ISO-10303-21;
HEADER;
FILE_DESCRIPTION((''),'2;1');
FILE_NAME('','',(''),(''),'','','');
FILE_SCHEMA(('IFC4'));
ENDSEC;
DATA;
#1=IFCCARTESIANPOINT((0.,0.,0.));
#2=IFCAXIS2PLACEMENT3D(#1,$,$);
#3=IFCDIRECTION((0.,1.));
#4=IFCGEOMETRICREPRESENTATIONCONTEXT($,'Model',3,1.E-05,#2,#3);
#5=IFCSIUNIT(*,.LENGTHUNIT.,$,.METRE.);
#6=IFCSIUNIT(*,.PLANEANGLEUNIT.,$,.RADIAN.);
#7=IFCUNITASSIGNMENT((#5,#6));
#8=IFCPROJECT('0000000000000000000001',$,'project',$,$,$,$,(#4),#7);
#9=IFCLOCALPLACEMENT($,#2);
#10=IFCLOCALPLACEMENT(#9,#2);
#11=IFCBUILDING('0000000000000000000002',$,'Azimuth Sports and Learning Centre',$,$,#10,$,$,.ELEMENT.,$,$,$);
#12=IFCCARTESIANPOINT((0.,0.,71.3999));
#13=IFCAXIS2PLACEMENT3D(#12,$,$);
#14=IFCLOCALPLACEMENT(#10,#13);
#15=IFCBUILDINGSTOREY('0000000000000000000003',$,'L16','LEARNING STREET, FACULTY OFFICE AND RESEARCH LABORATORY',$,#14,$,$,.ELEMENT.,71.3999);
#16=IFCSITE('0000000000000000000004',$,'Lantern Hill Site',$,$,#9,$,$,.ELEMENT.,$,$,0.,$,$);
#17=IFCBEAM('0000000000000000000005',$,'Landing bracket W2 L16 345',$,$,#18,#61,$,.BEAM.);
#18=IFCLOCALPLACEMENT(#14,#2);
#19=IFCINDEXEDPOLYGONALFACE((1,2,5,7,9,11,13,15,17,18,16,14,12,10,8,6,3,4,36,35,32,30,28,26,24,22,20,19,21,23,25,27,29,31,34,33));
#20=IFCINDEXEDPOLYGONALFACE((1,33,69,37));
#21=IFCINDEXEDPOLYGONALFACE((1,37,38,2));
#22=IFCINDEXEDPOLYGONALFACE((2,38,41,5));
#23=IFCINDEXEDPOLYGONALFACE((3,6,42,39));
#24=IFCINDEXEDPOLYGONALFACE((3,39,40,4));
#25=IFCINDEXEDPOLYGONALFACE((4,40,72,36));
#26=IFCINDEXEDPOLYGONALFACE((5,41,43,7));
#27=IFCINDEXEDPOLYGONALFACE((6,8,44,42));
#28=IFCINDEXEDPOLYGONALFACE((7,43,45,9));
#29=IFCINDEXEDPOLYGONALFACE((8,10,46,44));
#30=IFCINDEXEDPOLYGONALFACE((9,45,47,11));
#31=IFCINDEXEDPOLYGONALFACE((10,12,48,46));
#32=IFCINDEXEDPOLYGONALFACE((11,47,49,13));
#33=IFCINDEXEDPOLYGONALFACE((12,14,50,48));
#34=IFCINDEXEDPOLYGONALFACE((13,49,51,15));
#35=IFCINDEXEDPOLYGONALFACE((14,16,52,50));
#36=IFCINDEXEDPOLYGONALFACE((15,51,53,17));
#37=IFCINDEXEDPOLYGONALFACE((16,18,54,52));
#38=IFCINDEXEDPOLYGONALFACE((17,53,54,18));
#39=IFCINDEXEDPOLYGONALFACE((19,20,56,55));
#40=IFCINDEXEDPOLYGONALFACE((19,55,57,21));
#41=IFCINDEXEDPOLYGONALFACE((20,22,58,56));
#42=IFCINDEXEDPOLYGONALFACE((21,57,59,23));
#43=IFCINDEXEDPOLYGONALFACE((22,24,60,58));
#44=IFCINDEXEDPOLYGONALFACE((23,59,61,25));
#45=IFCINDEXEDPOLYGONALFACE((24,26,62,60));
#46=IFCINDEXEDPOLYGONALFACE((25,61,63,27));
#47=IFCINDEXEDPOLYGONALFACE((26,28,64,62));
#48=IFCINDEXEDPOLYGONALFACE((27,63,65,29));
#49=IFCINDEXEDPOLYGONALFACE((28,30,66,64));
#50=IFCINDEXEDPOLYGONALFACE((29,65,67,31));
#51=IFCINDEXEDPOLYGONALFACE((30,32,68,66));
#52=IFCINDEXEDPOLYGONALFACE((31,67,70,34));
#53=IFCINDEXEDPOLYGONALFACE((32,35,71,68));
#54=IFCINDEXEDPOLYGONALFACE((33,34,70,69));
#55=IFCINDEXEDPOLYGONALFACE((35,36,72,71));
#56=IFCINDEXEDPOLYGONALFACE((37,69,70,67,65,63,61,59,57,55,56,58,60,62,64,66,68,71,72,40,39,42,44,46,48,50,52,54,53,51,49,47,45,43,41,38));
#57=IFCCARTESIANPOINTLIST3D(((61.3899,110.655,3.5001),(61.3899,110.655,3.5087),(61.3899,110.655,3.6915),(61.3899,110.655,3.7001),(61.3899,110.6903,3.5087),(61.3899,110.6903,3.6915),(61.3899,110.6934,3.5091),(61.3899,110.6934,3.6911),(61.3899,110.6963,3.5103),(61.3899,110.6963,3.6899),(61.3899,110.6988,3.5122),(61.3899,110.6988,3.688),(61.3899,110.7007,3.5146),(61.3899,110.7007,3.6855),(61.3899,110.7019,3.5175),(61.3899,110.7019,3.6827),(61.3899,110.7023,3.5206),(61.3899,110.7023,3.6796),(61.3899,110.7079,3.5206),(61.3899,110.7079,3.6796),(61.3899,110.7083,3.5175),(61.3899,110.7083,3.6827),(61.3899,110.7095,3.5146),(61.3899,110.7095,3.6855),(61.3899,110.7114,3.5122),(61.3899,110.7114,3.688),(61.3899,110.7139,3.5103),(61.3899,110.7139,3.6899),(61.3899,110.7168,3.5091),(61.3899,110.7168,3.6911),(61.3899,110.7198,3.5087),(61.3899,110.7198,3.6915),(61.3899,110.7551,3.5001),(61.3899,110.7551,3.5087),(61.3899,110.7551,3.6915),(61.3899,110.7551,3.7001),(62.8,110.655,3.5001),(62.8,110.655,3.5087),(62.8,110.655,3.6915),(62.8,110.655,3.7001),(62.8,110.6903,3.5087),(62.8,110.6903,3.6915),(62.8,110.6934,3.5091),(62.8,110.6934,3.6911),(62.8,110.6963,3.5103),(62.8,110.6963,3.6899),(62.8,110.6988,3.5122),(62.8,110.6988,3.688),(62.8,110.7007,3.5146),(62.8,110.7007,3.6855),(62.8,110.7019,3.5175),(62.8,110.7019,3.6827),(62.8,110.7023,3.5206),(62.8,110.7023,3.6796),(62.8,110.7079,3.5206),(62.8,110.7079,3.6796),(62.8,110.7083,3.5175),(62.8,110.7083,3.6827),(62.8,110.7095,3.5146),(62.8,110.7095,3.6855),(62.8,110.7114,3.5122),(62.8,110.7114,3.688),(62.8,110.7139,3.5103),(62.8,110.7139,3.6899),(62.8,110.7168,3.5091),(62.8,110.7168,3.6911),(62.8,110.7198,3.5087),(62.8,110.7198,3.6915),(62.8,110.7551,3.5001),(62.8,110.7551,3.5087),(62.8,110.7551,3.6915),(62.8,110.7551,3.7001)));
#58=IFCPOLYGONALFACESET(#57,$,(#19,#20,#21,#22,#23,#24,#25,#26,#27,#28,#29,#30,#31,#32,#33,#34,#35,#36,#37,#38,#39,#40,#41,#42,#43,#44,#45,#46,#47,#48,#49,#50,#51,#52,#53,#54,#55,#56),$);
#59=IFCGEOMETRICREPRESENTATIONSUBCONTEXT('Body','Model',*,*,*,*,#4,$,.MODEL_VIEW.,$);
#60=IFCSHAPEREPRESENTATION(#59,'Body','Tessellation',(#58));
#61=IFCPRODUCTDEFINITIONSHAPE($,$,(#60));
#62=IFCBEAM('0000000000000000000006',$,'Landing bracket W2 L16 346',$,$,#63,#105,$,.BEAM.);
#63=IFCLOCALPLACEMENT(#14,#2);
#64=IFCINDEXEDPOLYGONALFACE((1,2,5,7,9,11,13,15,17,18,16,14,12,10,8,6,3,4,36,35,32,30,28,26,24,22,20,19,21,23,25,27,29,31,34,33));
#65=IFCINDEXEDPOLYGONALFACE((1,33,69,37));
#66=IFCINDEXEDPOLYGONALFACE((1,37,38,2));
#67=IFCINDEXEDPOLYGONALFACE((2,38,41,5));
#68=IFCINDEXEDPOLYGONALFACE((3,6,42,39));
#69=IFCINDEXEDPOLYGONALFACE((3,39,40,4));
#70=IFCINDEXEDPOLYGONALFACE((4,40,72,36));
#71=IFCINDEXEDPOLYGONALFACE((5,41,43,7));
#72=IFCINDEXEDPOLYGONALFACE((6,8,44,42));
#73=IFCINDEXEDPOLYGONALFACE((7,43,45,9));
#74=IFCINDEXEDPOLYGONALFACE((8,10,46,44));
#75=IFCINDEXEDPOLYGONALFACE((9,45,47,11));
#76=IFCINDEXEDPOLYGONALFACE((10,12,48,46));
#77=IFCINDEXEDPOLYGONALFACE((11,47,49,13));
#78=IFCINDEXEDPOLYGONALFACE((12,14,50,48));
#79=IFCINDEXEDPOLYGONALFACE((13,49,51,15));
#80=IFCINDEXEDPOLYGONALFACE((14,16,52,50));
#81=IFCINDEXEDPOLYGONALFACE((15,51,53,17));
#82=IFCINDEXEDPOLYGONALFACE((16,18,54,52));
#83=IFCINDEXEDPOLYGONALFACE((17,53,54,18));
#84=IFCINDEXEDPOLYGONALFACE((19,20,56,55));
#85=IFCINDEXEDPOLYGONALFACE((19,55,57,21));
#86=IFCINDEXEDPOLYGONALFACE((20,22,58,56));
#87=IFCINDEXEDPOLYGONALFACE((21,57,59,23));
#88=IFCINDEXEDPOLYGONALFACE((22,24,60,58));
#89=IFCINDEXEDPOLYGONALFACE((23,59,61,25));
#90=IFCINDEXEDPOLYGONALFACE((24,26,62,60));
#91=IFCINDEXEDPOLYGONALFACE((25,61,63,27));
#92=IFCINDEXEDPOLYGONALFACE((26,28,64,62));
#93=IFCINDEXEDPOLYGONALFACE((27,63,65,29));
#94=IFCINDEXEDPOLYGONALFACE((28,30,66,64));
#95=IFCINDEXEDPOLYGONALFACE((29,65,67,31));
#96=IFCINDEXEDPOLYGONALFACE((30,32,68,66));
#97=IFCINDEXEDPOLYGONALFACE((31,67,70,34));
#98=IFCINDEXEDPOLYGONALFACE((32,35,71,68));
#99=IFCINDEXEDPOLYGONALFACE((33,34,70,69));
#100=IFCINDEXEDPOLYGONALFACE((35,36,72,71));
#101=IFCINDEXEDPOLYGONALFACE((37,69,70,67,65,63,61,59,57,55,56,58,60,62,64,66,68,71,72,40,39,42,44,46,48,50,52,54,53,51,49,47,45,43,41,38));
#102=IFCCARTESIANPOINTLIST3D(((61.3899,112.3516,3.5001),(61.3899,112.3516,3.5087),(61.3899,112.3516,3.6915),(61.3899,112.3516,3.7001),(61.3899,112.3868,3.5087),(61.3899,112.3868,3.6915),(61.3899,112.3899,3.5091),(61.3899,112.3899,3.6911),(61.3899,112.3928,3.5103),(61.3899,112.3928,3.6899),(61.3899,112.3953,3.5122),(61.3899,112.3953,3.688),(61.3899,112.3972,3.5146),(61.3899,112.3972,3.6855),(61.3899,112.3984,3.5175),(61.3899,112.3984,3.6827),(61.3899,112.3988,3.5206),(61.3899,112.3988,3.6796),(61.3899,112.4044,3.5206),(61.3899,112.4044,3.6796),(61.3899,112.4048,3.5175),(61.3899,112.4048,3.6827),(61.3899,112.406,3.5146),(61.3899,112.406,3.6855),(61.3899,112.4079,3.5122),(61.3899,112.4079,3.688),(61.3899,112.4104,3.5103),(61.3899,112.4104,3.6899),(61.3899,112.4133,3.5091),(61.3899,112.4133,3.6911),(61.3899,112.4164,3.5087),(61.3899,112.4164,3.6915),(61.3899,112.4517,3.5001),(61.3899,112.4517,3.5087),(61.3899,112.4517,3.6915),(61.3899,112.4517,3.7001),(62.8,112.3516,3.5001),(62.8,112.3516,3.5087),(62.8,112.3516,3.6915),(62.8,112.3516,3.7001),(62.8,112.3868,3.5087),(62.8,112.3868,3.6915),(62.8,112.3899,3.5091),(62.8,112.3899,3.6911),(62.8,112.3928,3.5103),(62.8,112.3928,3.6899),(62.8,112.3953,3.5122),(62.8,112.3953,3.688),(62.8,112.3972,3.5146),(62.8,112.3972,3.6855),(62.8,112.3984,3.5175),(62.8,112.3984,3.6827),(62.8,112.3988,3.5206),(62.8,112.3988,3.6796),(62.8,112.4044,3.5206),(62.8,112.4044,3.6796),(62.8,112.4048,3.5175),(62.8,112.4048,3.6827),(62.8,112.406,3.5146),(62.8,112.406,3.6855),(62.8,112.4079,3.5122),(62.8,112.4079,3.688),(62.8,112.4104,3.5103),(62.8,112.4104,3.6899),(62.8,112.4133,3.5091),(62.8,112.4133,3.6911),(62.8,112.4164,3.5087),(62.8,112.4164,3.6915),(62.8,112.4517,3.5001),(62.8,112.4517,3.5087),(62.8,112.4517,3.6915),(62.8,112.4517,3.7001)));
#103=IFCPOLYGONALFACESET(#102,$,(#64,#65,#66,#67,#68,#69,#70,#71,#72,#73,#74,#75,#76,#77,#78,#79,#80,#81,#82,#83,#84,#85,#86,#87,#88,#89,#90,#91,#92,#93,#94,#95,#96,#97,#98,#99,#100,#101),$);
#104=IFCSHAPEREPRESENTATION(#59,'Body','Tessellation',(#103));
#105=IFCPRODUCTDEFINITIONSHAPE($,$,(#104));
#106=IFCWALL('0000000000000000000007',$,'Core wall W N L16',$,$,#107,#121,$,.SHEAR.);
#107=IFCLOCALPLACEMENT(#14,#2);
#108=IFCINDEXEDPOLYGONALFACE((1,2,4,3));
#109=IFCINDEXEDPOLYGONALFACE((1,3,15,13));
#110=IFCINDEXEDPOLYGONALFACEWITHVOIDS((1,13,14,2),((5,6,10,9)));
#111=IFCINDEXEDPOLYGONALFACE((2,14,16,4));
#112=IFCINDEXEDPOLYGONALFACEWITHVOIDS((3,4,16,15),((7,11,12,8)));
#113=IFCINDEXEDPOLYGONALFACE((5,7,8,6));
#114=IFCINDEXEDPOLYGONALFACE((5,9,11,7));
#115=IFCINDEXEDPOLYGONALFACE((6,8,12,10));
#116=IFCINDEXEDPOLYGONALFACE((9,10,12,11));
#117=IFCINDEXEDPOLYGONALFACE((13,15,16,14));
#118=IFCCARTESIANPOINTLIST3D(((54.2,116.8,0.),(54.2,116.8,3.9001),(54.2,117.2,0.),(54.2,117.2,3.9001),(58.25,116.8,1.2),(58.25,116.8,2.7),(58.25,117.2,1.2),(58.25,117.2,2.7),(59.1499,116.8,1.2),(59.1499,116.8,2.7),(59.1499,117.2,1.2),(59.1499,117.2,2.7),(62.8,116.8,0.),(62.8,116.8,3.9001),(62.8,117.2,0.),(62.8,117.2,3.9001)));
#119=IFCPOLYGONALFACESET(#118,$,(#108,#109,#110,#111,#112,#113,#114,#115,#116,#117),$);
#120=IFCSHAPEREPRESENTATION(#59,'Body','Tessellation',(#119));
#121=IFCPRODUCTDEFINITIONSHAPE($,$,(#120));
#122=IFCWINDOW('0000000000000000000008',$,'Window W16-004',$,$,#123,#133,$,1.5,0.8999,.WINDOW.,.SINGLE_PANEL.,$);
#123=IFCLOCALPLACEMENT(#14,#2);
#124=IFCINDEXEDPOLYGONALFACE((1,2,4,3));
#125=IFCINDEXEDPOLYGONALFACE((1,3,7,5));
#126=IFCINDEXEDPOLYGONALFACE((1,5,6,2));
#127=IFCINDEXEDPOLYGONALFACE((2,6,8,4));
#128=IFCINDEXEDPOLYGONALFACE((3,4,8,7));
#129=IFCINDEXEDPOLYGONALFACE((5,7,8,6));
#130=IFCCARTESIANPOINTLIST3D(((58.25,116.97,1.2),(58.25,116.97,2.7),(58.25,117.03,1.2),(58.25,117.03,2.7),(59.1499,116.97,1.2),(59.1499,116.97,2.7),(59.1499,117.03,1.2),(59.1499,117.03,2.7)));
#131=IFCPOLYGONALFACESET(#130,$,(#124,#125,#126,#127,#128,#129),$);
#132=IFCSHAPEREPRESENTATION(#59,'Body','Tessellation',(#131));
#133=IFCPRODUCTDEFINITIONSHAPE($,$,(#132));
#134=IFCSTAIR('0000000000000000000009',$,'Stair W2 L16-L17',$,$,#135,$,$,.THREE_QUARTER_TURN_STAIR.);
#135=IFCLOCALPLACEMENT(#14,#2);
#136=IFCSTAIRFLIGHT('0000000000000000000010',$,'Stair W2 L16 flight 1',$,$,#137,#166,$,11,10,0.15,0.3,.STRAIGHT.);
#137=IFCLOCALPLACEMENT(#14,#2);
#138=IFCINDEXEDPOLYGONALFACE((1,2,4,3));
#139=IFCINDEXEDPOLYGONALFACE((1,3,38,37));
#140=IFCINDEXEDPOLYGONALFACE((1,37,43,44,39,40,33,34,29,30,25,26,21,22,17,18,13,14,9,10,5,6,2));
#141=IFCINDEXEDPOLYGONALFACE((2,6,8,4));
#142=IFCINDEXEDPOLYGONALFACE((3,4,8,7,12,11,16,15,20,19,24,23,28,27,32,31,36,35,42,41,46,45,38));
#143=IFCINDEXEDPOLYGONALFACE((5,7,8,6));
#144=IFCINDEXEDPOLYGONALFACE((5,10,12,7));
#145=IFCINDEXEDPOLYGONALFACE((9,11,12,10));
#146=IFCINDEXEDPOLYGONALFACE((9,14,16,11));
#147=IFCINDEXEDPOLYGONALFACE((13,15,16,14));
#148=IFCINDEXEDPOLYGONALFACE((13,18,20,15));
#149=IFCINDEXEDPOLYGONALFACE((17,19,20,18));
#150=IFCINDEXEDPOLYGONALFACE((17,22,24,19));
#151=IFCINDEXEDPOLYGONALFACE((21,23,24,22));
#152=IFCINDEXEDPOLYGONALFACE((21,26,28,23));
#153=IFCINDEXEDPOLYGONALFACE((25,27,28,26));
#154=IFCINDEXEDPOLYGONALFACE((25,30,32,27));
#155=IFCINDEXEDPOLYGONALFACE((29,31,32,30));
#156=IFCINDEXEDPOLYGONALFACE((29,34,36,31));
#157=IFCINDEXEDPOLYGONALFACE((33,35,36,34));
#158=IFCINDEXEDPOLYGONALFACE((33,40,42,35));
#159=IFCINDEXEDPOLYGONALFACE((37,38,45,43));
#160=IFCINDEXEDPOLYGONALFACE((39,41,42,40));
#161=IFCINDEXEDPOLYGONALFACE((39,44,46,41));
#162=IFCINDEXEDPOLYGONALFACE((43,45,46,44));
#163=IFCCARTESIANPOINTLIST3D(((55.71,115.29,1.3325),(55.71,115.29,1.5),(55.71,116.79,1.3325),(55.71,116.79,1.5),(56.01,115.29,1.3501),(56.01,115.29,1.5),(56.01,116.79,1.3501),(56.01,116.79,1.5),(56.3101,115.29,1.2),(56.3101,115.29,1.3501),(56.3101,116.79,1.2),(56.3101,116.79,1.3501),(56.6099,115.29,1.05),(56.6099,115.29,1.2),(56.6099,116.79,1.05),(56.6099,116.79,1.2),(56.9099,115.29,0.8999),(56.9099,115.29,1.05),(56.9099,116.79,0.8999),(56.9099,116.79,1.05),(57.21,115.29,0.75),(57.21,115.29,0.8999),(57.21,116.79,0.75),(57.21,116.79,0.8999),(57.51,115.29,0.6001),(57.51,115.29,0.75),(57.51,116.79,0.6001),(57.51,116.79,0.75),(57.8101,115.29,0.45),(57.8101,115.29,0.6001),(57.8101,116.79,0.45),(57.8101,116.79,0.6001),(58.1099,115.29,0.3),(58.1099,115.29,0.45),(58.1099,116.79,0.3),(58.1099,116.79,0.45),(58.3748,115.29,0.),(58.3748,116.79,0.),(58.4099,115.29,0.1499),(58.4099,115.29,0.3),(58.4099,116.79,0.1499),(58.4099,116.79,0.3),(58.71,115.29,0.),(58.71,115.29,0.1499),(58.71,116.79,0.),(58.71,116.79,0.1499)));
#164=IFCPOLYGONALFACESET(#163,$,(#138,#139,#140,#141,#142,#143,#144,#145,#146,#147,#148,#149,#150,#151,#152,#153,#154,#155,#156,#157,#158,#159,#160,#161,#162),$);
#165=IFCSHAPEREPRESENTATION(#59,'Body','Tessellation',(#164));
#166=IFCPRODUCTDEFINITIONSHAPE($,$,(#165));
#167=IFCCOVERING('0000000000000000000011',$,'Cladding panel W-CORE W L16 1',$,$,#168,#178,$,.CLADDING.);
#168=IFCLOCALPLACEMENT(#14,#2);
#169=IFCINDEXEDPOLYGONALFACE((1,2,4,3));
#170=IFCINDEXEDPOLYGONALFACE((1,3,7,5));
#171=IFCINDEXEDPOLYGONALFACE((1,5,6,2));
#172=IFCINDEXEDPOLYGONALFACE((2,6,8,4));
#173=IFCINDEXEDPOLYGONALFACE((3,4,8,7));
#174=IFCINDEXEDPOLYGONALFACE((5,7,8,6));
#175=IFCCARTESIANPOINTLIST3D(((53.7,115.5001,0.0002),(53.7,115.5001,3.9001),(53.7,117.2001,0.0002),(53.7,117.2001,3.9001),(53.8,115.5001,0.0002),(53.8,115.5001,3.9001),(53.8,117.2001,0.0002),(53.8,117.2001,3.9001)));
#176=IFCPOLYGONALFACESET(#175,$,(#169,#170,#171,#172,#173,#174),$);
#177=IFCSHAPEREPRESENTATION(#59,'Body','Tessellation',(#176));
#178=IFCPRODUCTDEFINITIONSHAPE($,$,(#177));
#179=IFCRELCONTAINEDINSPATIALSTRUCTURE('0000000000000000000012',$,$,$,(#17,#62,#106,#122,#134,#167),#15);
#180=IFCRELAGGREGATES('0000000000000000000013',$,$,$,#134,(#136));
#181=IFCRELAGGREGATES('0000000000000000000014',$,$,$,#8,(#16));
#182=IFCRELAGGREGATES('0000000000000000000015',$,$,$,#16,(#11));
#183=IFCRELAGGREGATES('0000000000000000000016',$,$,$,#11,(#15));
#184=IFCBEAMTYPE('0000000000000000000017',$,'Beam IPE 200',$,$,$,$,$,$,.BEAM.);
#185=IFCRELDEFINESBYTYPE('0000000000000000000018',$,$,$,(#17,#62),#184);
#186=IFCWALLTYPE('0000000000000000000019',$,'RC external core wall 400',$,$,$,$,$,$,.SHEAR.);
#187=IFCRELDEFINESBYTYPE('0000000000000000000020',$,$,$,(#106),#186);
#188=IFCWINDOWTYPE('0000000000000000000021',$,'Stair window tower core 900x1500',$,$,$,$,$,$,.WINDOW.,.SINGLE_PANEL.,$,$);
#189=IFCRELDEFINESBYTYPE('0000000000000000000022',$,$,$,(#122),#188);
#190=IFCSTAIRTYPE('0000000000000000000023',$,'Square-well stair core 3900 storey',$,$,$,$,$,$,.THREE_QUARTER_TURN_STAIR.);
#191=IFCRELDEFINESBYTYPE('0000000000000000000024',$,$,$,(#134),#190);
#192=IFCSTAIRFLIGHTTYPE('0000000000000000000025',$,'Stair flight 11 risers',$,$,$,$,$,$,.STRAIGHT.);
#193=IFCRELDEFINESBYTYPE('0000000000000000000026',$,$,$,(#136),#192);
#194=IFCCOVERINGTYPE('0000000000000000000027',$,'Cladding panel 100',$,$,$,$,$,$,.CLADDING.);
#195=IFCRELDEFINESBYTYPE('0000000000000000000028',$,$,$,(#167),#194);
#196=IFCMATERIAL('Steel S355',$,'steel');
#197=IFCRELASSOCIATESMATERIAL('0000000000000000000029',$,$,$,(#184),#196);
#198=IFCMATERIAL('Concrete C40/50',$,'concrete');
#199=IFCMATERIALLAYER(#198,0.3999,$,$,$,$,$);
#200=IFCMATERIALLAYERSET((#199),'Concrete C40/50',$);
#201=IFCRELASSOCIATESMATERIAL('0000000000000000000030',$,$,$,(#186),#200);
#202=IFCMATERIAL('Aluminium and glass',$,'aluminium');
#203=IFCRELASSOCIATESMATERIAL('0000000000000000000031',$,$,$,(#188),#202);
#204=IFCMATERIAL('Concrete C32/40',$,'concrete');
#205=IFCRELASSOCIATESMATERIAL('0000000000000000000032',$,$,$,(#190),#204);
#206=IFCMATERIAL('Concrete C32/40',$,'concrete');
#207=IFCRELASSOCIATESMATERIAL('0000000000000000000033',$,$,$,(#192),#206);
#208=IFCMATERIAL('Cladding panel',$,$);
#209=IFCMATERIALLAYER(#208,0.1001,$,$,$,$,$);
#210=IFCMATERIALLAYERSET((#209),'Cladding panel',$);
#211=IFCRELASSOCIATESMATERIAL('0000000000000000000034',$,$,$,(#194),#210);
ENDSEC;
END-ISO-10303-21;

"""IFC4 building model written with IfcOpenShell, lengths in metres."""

from ifc_helpers import new_model, si_unit, direction, frame, frame_2d, origin, origin_2d, place, context, subcontext, project, spatial, polyline, rectangle, i_section, outline, extrude, material, layer, layer_set, material_profile, profile_set, type_object, element, fill, aggregate, save


model = new_model("IFC4")

# Units and contexts
model_context = context("Model", 3, precision=1e-05, world=origin(), true_north=direction((0.0, 1.0)))
body_context = subcontext(model_context, "Body", "Model", "MODEL_VIEW")
ifc_project = project(units=[si_unit("LENGTHUNIT", "METRE"), si_unit("PLANEANGLEUNIT", "RADIAN")], contexts=[model_context])

# Site, building, storey
site_placement = place(None, origin())
site = spatial("IfcSite", under=ifc_project, at=site_placement, Name="Lantern Hill Site", CompositionType="ELEMENT", RefElevation=0.0)
building_placement = place(site_placement, origin())
building = spatial("IfcBuilding", under=site, at=building_placement, Name="Azimuth Sports and Learning Centre", CompositionType="ELEMENT")
storey_placement = place(building_placement, frame((0.0, 0.0, 71.3999)))
storey = spatial("IfcBuildingStorey", under=building, at=storey_placement, Name="L16", Description="LEARNING STREET, FACULTY OFFICE AND RESEARCH LABORATORY", CompositionType="ELEMENT", Elevation=71.3999)

# Beams
ifc_material_1 = material(Name="Steel S355", Category="steel")
ifc_material_profile = material_profile(ifc_material_1, i_section(OverallWidth=0.1001, OverallDepth=0.2, WebThickness=0.0056, FlangeThickness=0.0085, FilletRadius=0.012, at=origin_2d()), Name="IPE 200")
ifc_profile_set = profile_set([ifc_material_profile], Name="Steel S355")
beam_type = type_object("IfcBeamType", Name="Beam IPE 200", PredefinedType="BEAM", material=ifc_profile_set)
for number, where, z_axis, x_axis, name in (
    (1, (62.8, 110.7051, 3.6001), (-1.0, 0.0, 0.0), (0.0, -1.0, 0.0), "Landing bracket W2 L16 345"),
    (2, (62.8, 112.4016, 3.6001), (-1.0, 0.0, 0.0), (0.0, -1.0, 0.0), "Landing bracket W2 L16 346"),
):
    element("IfcBeam", number, at=place(storey_placement, frame(where, z_axis=z_axis, x_axis=x_axis)), inside=storey, type_object=beam_type, Name=name, PredefinedType="BEAM", context=body_context, shape_type="SweptSolid", body=[
        extrude(i_section(OverallWidth=0.1001, OverallDepth=0.2, WebThickness=0.0056, FlangeThickness=0.0085, FilletRadius=0.012, at=origin_2d()), origin(), (0.0, 0.0, 1.0), 1.4102),
    ])

# Wall, opening, window
ifc_material_2 = material(Name="Concrete C40/50", Category="concrete")
ifc_layer_1 = layer(ifc_material_2, 0.3999)
ifc_layer_set_1 = layer_set([ifc_layer_1], Name="Concrete C40/50")
wall_type = type_object("IfcWallType", Name="RC external core wall 400", PredefinedType="SHEAR", material=ifc_layer_set_1)
wall_placement = place(storey_placement, frame((54.2, 117.0, 0.0), z_axis=(0.0, 0.0, 1.0), x_axis=(1.0, 0.0, 0.0)))
wall = element("IfcWall", 3, at=wall_placement, inside=storey, type_object=wall_type, Name="Core wall W N L16", PredefinedType="SHEAR", context=body_context, shape_type="SweptSolid", body=[
    extrude(rectangle(XDim=8.6001, YDim=0.3999, at=frame_2d((4.3, 0.0))), origin(), (0.0, 0.0, 1.0), 3.9001),
])
opening_placement = place(wall_placement, frame((4.05, 0.0, 1.2)))
opening = element("IfcOpeningElement", 4, at=opening_placement, cuts=wall, PredefinedType="OPENING", context=body_context, shape_type="SweptSolid", body=[
    extrude(rectangle(XDim=0.8999, YDim=1.5, at=frame_2d((0.45, 0.75))), frame((0.0, 0.2109, 0.0), z_axis=(0.0, -1.0, 0.0), x_axis=(1.0, 0.0, 0.0)), (0.0, 0.0, 1.0), 0.4219),
])
ifc_material_3 = material(Name="Aluminium and glass", Category="aluminium")
window_type = type_object("IfcWindowType", Name="Stair window tower core 900x1500", PartitioningType="SINGLE_PANEL", PredefinedType="WINDOW", material=ifc_material_3)
window_placement = place(opening_placement, origin())
window = element("IfcWindow", 5, at=window_placement, inside=storey, type_object=window_type, Name="Window W16-004", OverallHeight=1.5, OverallWidth=0.8999, PartitioningType="SINGLE_PANEL", PredefinedType="WINDOW", context=body_context, shape_type="SweptSolid", body=[
    extrude(rectangle(XDim=0.8999, YDim=1.5, at=frame_2d((0.45, 0.75))), frame((0.0, 0.03, 0.0), z_axis=(0.0, -1.0, 0.0), x_axis=(1.0, 0.0, 0.0)), (0.0, 0.0, 1.0), 0.0601),
])
fill(opening, window)

# Stair, stair flight
ifc_material_4 = material(Name="Concrete C32/40", Category="concrete")
stair_type = type_object("IfcStairType", Name="Square-well stair core 3900 storey", PredefinedType="THREE_QUARTER_TURN_STAIR", material=ifc_material_4)
stair_placement = place(storey_placement, origin())
stair = element("IfcStair", 6, at=stair_placement, inside=storey, type_object=stair_type, Name="Stair W2 L16-L17", PredefinedType="THREE_QUARTER_TURN_STAIR")
ifc_material_5 = material(Name="Concrete C32/40", Category="concrete")
stair_flight_type = type_object("IfcStairFlightType", Name="Stair flight 11 risers", PredefinedType="STRAIGHT", material=ifc_material_5)
stair_flight_placement = place(storey_placement, frame((58.71, 116.04, 0.0), z_axis=(0.0, 0.0, 1.0), x_axis=(-1.0, 0.0, 0.0)))
stair_flight = element("IfcStairFlight", 7, at=stair_flight_placement, type_object=stair_flight_type, Name="Stair W2 L16 flight 1", NumberOfRisers=11, NumberOfTreads=10, PredefinedType="STRAIGHT", RiserHeight=0.15, TreadLength=0.3, context=body_context, shape_type="SweptSolid", body=[
    extrude(outline(polyline([(0.0, 0.0), (0.0, 0.1499), (0.3, 0.1499), (0.3, 0.3), (0.6001, 0.3), (0.6001, 0.45), (0.8999, 0.45), (0.8999, 0.6001), (1.2, 0.6001), (1.2, 0.75), (1.5, 0.75), (1.5, 0.8999), (1.8, 0.8999), (1.8, 1.05), (2.1001, 1.05), (2.1001, 1.2), (2.3999, 1.2), (2.3999, 1.3501), (2.7, 1.3501), (2.7, 1.5), (3.0, 1.5), (3.0, 1.6499), (3.0, 1.3325), (0.3352, 0.0), (0.0, 0.0)])), frame((0.0, 0.75, 0.0), z_axis=(0.0, -1.0, 0.0), x_axis=(1.0, 0.0, 0.0)), (0.0, 0.0, 1.0), 1.5),
])
aggregate(stair, [stair_flight])

# Covering
ifc_material_6 = material(Name="Cladding panel")
ifc_layer_2 = layer(ifc_material_6, 0.1001)
ifc_layer_set_2 = layer_set([ifc_layer_2], Name="Cladding panel")
covering_type = type_object("IfcCoveringType", Name="Cladding panel 100", PredefinedType="CLADDING", material=ifc_layer_set_2)
covering_placement = place(storey_placement, frame((53.75, 116.3501, 0.0002), z_axis=(0.0, 0.0, 1.0), x_axis=(0.0, -1.0, 0.0)))
element("IfcCovering", 8, at=covering_placement, inside=storey, type_object=covering_type, Name="Cladding panel W-CORE W L16 1", PredefinedType="CLADDING", context=body_context, shape_type="SweptSolid", body=[
    extrude(rectangle(XDim=1.7, YDim=0.1001, at=origin_2d()), origin(), (0.0, 0.0, 1.0), 3.8999),
])

save(model, "model.ifc")
